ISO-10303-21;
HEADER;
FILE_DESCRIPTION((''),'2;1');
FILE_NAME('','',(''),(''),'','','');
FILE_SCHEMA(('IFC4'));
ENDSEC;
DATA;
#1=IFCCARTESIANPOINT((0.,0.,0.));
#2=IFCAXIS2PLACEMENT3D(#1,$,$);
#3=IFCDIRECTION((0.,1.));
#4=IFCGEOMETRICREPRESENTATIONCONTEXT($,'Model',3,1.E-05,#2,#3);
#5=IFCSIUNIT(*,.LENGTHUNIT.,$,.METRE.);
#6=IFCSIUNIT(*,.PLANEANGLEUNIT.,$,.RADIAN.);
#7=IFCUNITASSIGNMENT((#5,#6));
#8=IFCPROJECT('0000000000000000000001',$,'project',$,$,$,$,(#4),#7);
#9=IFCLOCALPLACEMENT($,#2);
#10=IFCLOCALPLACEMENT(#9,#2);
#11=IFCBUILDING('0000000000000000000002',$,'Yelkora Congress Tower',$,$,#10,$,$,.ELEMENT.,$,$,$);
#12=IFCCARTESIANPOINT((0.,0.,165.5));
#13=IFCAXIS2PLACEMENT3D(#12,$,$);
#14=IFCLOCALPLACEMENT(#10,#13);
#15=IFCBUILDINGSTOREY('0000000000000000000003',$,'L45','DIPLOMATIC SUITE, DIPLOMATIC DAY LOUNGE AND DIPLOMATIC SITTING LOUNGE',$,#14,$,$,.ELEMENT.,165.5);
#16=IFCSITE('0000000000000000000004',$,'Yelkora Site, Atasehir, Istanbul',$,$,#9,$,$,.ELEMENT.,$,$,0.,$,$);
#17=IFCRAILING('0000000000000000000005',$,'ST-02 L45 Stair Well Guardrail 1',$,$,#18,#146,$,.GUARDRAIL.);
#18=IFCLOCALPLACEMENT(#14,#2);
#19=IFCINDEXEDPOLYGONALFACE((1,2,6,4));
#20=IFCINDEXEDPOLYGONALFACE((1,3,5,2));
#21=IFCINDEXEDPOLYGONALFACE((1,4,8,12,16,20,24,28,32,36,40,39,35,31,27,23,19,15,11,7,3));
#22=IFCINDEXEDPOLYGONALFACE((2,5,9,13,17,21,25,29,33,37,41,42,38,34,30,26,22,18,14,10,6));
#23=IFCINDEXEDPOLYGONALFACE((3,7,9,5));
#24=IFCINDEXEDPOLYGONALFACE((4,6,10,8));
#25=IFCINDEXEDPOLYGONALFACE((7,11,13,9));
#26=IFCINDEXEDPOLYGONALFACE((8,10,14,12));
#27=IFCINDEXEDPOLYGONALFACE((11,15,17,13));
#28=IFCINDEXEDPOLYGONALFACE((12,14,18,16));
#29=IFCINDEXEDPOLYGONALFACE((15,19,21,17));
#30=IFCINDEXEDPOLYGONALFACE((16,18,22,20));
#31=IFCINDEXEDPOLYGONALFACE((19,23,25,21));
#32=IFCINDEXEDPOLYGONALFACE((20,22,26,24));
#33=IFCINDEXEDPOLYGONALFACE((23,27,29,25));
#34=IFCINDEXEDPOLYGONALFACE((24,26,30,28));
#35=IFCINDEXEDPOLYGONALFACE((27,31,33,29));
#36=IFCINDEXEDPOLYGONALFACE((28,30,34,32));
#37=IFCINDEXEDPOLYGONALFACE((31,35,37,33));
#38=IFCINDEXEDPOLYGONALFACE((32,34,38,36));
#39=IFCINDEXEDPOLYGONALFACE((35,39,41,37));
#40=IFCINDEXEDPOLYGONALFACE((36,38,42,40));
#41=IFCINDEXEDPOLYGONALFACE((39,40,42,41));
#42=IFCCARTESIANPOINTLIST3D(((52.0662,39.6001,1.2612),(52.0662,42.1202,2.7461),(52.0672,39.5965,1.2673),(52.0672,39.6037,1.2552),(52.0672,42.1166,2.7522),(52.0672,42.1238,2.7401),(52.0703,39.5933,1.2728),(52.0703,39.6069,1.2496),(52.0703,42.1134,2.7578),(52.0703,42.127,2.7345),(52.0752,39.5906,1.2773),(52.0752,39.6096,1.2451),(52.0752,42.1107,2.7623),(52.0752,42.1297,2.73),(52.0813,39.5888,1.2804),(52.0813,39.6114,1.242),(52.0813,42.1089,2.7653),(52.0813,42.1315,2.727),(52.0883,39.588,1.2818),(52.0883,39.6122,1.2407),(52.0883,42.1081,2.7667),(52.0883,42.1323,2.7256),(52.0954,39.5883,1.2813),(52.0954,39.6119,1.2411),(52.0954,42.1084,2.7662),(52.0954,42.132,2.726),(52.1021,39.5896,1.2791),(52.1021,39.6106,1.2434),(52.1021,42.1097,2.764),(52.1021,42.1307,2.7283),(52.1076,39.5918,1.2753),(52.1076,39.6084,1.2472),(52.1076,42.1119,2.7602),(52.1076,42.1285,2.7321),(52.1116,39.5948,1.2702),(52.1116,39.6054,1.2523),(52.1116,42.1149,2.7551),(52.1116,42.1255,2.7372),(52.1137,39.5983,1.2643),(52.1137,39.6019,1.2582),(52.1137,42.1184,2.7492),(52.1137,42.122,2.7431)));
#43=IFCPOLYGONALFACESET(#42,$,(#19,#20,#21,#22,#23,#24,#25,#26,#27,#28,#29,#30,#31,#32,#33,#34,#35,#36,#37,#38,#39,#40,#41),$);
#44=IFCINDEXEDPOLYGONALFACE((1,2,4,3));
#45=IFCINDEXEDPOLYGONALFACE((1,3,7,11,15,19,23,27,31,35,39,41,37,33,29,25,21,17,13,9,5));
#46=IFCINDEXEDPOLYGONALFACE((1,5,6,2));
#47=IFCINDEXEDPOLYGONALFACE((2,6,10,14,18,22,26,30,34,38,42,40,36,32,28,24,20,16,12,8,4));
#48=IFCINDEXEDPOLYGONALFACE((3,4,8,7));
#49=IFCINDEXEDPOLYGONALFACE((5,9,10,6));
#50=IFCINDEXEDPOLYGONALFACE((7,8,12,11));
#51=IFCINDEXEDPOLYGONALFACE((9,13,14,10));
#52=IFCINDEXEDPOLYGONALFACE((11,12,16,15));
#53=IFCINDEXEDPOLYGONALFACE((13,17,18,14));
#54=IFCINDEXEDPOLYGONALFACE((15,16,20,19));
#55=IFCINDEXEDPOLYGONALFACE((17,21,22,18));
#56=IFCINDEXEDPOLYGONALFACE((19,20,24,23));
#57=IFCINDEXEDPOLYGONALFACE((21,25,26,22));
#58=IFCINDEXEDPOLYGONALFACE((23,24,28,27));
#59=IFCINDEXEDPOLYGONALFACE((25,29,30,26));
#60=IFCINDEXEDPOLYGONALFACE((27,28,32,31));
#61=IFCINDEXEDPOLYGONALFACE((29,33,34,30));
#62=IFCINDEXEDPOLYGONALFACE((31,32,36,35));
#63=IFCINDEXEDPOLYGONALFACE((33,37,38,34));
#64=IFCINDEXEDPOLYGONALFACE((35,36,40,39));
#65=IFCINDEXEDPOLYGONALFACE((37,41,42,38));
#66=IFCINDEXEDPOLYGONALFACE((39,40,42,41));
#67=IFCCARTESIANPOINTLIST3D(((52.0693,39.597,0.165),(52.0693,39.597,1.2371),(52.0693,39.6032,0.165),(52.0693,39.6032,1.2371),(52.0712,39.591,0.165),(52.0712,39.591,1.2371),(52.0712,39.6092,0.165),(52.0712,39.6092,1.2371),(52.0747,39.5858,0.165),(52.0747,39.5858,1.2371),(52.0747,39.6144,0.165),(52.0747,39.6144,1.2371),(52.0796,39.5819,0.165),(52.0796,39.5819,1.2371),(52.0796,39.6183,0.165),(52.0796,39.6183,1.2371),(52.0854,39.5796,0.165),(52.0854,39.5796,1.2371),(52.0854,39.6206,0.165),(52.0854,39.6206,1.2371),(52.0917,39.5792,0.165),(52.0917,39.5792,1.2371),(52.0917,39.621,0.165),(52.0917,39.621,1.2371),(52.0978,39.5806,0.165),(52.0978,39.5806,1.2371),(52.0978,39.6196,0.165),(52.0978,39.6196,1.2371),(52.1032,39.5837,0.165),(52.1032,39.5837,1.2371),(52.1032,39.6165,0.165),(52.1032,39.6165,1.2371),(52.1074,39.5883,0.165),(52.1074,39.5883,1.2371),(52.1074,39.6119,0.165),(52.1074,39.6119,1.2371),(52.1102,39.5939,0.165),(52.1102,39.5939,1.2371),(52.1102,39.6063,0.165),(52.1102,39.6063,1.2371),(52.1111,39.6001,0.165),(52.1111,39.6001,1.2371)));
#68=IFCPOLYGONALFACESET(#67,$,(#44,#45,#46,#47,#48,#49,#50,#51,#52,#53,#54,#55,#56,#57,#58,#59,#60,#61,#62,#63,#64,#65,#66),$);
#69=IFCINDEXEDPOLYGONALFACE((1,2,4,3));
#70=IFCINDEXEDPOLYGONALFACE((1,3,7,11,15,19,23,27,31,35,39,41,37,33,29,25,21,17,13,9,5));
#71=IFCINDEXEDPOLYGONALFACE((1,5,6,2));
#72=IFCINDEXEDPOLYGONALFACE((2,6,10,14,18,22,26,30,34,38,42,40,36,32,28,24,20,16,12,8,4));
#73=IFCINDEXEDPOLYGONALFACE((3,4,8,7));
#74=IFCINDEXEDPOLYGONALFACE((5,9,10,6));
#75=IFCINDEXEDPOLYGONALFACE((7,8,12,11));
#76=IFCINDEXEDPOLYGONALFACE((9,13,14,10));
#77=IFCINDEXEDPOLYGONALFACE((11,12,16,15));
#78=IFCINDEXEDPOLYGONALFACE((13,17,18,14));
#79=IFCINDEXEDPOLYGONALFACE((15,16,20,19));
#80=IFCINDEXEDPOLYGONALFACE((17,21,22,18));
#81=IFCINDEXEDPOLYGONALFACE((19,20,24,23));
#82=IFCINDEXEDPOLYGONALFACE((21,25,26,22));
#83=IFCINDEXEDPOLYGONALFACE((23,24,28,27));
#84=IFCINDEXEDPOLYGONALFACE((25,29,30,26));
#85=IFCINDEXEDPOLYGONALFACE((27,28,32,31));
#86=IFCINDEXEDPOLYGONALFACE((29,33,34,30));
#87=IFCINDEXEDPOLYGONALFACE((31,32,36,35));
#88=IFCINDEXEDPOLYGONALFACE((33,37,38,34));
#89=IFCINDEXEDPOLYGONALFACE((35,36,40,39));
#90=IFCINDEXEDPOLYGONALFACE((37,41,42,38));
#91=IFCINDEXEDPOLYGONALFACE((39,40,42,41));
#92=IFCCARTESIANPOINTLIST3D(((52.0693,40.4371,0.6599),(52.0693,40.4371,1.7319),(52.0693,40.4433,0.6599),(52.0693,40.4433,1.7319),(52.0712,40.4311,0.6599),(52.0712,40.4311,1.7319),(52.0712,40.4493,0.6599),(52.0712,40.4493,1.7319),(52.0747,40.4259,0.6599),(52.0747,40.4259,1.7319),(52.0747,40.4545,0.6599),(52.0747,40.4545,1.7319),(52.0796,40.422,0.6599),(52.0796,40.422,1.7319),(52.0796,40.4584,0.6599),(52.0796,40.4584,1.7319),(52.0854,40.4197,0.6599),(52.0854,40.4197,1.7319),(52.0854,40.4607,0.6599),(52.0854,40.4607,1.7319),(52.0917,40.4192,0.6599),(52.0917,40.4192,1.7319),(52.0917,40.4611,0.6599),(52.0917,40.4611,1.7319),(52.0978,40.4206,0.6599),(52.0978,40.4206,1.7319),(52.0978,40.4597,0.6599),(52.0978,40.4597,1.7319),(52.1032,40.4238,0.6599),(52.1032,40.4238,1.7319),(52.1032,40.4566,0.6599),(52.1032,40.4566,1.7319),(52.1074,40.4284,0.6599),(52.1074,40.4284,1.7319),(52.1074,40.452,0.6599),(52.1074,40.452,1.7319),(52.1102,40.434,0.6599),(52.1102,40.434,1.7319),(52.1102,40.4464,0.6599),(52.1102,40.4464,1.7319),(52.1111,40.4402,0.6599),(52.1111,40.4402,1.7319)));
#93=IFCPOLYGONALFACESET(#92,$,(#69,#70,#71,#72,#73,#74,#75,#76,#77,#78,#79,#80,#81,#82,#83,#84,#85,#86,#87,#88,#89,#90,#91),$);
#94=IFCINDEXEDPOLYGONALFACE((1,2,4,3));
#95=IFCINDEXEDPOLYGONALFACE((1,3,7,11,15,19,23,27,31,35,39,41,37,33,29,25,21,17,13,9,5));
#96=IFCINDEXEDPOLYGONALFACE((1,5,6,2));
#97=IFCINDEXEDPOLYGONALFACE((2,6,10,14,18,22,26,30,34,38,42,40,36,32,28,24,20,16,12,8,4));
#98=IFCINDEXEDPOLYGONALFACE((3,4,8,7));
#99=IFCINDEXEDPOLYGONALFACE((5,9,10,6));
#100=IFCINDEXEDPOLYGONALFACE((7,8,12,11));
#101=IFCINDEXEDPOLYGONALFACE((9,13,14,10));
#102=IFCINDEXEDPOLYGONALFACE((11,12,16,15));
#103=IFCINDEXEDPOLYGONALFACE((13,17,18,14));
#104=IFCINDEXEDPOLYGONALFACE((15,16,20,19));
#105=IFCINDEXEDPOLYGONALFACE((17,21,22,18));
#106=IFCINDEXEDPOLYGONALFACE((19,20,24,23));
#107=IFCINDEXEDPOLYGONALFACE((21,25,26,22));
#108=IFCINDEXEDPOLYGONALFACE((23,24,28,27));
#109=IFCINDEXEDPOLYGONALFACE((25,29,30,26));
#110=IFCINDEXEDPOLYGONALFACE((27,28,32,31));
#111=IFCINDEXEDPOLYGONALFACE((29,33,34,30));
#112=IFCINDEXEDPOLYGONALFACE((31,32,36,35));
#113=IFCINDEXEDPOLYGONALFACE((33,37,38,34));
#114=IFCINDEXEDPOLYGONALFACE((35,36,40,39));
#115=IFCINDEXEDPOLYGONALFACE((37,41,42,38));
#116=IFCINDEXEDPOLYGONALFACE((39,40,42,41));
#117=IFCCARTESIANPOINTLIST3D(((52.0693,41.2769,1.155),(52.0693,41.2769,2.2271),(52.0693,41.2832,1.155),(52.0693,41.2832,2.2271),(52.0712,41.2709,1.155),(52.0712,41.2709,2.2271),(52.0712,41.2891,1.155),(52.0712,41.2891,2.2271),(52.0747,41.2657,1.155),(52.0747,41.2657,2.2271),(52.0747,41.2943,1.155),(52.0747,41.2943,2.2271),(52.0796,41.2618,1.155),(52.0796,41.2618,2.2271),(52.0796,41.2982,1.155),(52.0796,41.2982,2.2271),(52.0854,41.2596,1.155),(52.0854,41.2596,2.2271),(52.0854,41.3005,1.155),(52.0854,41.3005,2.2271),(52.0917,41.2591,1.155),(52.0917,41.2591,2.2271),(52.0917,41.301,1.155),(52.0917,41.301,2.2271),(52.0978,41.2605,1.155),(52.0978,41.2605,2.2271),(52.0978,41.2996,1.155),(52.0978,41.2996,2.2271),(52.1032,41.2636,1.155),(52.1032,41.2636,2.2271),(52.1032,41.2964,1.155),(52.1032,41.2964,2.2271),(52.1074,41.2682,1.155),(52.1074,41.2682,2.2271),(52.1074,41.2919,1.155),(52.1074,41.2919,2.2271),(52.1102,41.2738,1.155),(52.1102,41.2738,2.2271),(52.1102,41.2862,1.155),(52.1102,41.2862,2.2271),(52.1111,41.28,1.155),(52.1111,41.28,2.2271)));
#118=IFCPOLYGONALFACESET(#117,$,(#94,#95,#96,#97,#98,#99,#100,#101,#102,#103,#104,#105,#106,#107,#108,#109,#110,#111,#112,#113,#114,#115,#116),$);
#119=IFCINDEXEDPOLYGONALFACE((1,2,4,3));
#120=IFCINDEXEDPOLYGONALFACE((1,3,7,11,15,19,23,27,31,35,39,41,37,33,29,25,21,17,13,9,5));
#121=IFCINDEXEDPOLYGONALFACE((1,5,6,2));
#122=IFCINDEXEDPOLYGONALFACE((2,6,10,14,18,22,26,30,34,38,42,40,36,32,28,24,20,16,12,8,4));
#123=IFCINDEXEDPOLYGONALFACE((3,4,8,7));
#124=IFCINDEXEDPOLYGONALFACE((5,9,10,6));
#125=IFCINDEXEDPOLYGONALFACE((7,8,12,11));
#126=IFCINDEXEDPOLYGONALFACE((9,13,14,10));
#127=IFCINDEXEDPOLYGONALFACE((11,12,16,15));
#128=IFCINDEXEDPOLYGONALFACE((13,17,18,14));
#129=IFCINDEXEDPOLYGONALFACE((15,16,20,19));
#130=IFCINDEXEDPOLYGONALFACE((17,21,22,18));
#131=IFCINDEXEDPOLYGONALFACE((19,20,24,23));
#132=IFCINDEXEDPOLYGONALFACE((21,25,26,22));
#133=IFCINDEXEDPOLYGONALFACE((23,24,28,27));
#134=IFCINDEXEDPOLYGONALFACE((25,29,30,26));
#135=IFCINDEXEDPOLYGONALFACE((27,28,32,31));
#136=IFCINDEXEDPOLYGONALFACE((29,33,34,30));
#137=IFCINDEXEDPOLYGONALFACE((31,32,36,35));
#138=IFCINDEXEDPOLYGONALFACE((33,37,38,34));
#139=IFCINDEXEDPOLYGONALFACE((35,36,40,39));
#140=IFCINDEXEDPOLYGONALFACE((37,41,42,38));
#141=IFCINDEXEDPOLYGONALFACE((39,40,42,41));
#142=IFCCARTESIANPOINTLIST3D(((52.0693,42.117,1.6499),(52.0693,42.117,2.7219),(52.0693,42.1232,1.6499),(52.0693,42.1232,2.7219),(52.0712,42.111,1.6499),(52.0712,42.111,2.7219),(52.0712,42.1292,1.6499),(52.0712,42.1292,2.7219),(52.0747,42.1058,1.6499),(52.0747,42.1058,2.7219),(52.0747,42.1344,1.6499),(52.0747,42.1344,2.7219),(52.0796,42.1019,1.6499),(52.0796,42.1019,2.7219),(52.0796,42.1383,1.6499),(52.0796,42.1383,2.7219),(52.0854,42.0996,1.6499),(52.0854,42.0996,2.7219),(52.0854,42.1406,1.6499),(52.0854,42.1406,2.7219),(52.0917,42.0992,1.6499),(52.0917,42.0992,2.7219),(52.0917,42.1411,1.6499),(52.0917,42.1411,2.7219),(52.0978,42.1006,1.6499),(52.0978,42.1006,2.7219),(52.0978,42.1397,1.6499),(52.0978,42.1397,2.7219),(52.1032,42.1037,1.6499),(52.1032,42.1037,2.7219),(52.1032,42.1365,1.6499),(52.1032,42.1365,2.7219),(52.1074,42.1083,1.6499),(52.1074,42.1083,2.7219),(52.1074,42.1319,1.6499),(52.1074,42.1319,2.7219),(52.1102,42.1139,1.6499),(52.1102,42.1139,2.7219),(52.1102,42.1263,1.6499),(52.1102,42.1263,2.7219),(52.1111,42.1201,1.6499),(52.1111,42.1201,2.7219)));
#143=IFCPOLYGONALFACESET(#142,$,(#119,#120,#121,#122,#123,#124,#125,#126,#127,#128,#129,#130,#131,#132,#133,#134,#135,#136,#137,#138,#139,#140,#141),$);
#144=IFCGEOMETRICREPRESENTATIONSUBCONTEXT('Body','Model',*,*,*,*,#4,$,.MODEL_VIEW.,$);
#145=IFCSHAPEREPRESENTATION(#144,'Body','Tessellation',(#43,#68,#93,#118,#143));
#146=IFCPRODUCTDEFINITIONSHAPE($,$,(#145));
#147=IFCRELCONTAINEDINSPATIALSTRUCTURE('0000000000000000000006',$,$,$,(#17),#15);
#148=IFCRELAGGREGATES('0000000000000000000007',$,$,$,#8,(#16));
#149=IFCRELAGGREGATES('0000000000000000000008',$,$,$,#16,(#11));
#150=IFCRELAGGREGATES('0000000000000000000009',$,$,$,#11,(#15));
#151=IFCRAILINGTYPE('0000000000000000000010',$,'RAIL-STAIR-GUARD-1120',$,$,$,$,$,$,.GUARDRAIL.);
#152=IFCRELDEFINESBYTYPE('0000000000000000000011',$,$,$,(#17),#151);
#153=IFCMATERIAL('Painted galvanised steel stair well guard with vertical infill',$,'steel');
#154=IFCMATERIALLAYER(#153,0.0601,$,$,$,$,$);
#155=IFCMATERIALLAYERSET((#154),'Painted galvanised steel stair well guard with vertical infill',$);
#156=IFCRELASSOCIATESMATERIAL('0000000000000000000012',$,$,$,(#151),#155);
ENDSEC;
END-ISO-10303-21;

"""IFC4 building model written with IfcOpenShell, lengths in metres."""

from ifc_helpers import new_model, si_unit, direction, frame, origin, origin_2d, place, context, subcontext, project, spatial, circle, extrude, material, layer, layer_set, type_object, element, save


model = new_model("IFC4")

# Units and contexts
model_context = context("Model", 3, precision=1e-05, world=origin(), true_north=direction((0.0, 1.0)))
body_context = subcontext(model_context, "Body", "Model", "MODEL_VIEW")
ifc_project = project(units=[si_unit("LENGTHUNIT", "METRE"), si_unit("PLANEANGLEUNIT", "RADIAN")], contexts=[model_context])

# Site, building, storey
site_placement = place(None, origin())
site = spatial("IfcSite", under=ifc_project, at=site_placement, Name="Yelkora Site, Atasehir, Istanbul", CompositionType="ELEMENT", RefElevation=0.0)
building_placement = place(site_placement, origin())
building = spatial("IfcBuilding", under=site, at=building_placement, Name="Yelkora Congress Tower", CompositionType="ELEMENT")
storey_placement = place(building_placement, frame((0.0, 0.0, 165.5)))
storey = spatial("IfcBuildingStorey", under=building, at=storey_placement, Name="L45", Description="DIPLOMATIC SUITE, DIPLOMATIC DAY LOUNGE AND DIPLOMATIC SITTING LOUNGE", CompositionType="ELEMENT", Elevation=165.5)

# Railing
ifc_material_1 = material(Name="Painted galvanised steel stair well guard with vertical infill", Category="steel")
ifc_layer_1 = layer(ifc_material_1, 0.0601)
ifc_layer_set_1 = layer_set([ifc_layer_1], Name="Painted galvanised steel stair well guard with vertical infill")
railing_type_1 = type_object("IfcRailingType", Name="RAIL-STAIR-GUARD-1120", PredefinedType="GUARDRAIL", material=ifc_layer_set_1)
railing_1_placement = place(storey_placement, frame((52.0901, 39.6001, 0.165)))
element("IfcRailing", 1, at=railing_1_placement, inside=storey, type_object=railing_type_1, Name="ST-02 L45 Stair Well Guardrail 1", PredefinedType="GUARDRAIL", context=body_context, shape_type="SweptSolid", body=[
    extrude(circle(Radius=0.0239, at=origin_2d()), frame((0.0, 0.0, 1.0962), z_axis=(0.0, 0.861561, 0.507655), x_axis=(-1.0, 0.0, 0.0)), (0.0, 0.0, 1.0), 2.925),
    extrude(circle(Radius=0.021, at=origin_2d()), origin(), (0.0, 0.0, 1.0), 1.072),
    extrude(circle(Radius=0.021, at=origin_2d()), frame((0.0, 0.8401, 0.4949)), (0.0, 0.0, 1.0), 1.072),
    extrude(circle(Radius=0.021, at=origin_2d()), frame((0.0, 1.6799, 0.99)), (0.0, 0.0, 1.0), 1.072),
    extrude(circle(Radius=0.021, at=origin_2d()), frame((0.0, 2.52, 1.4849)), (0.0, 0.0, 1.0), 1.072),
])

save(model, "model.ifc")
